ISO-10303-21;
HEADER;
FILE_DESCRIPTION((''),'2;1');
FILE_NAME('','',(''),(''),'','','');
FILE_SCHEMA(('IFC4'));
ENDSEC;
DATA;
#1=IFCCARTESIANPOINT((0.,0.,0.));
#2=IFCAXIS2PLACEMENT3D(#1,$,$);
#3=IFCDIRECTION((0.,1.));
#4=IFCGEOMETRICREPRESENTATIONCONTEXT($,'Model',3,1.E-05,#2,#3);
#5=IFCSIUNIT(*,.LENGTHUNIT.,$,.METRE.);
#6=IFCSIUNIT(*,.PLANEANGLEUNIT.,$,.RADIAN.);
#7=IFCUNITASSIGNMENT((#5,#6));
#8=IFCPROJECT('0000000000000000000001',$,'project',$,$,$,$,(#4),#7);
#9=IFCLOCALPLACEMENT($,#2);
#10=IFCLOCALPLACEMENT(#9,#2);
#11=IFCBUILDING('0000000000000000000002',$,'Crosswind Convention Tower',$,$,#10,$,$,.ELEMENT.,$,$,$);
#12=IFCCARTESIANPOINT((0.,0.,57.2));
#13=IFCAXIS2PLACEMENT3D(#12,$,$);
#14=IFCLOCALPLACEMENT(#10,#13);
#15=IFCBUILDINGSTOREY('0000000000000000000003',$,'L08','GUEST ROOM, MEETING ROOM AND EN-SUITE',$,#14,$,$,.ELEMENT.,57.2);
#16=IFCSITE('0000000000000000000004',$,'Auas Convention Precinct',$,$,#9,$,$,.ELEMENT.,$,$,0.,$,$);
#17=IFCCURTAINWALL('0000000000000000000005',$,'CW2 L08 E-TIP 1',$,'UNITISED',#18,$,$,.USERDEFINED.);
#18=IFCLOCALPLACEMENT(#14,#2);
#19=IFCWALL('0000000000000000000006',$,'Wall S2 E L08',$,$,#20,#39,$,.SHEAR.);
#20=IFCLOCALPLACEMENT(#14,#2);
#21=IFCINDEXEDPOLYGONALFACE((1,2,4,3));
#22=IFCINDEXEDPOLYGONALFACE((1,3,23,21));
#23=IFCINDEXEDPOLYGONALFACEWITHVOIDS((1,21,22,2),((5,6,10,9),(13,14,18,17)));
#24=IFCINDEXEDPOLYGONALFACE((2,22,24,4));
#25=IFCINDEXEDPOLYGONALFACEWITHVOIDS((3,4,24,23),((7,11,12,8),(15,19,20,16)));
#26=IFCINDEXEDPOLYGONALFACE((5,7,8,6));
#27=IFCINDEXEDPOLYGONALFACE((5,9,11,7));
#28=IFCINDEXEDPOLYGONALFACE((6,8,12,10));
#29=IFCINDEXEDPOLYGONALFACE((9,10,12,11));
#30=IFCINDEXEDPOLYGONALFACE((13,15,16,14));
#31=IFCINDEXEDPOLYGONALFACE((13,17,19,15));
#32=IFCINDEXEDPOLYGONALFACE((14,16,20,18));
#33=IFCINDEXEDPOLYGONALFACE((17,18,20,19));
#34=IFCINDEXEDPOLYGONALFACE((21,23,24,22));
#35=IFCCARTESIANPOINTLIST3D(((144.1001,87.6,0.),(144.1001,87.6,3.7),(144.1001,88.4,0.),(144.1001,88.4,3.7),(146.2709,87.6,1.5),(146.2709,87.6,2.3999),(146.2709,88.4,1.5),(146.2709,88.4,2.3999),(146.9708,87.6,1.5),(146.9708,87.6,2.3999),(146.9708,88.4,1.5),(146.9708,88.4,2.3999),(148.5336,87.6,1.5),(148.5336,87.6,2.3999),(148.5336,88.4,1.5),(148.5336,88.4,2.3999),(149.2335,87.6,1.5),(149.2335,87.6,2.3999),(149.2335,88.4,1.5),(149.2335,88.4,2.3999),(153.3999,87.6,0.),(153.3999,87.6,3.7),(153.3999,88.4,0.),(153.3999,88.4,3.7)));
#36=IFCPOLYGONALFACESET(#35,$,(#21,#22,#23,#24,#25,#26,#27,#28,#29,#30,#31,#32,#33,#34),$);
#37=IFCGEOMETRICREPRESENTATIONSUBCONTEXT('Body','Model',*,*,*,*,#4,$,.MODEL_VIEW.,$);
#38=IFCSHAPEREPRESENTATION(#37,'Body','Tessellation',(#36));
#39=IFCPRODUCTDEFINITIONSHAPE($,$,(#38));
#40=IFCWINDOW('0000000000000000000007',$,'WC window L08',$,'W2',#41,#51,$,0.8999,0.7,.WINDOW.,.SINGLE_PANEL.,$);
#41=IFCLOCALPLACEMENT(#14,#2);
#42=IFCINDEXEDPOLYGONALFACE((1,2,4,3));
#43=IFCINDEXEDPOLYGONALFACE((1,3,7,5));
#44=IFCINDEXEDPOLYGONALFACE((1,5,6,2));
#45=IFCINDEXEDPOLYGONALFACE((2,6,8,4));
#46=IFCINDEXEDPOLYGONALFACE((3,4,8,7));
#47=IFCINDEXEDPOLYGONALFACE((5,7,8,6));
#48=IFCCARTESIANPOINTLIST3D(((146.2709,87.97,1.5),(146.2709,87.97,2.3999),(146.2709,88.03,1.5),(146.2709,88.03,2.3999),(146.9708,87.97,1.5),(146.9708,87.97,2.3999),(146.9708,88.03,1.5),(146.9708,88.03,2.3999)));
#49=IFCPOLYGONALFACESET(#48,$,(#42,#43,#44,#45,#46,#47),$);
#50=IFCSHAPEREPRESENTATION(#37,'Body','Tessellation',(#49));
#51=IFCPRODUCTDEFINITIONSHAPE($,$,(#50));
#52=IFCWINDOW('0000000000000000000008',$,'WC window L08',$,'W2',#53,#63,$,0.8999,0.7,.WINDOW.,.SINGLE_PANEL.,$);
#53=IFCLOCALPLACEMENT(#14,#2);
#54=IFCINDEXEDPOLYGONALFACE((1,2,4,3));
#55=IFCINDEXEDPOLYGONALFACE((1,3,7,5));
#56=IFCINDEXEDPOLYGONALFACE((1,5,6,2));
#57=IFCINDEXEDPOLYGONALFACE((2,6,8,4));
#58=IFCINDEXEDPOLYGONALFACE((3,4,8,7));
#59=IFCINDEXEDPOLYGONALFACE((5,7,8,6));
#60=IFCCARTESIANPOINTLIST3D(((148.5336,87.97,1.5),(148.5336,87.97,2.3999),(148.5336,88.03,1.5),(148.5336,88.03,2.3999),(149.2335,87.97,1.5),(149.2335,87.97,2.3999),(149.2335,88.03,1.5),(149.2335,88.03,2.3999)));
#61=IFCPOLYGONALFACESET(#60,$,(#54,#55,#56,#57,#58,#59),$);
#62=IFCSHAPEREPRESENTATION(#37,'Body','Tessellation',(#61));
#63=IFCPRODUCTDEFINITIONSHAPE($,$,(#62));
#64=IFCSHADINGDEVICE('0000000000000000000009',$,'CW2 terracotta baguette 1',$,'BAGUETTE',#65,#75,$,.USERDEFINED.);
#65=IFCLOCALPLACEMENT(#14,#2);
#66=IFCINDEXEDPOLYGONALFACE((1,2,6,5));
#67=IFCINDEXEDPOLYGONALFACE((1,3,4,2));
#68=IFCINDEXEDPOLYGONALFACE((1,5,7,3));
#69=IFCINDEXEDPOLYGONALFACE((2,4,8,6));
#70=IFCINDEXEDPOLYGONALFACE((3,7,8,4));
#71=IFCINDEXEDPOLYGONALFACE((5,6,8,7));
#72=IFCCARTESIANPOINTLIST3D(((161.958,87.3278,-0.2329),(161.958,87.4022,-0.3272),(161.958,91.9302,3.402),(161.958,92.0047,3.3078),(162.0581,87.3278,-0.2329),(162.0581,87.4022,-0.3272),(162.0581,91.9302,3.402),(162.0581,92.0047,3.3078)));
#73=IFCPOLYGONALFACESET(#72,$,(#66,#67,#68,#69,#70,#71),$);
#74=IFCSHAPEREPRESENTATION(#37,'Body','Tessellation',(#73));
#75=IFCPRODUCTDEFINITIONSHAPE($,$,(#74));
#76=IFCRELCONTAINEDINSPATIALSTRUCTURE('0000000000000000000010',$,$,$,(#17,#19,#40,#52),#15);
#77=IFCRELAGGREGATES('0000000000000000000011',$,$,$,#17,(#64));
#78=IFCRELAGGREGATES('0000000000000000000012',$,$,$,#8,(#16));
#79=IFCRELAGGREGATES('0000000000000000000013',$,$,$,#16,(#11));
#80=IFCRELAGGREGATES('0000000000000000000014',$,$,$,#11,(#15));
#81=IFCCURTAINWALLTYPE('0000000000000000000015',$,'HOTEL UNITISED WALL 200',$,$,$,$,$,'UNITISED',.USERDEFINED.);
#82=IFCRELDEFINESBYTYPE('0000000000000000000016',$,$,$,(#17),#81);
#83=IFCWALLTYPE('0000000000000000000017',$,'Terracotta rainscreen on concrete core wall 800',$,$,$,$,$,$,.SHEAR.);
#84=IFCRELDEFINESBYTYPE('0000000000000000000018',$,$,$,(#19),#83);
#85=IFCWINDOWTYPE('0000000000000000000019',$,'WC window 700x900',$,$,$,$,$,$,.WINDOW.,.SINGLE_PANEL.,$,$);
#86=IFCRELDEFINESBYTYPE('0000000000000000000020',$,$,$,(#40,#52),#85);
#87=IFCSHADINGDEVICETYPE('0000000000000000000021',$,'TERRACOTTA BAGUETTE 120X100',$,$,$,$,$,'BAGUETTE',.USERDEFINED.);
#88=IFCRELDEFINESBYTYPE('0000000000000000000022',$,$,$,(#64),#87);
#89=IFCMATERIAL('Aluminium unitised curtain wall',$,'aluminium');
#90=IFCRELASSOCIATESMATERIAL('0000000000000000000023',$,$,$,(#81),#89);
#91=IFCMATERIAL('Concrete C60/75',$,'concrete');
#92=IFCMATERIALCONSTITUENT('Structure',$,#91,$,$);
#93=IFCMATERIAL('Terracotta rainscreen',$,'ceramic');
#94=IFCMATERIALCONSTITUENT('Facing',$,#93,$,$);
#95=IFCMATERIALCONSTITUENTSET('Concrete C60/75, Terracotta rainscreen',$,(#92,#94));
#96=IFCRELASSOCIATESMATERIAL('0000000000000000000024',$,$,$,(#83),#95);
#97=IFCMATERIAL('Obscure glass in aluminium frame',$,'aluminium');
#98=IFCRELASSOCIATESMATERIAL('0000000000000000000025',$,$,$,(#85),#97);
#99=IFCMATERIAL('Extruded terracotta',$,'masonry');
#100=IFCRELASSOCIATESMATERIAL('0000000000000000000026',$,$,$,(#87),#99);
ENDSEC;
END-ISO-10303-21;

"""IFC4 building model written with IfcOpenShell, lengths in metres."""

from ifc_helpers import new_model, si_unit, direction, frame, frame_2d, origin, origin_2d, place, context, subcontext, project, spatial, rectangle, extrude, material, constituent, constituent_set, material_profile, profile_set, type_object, element, fill, aggregate, save


model = new_model("IFC4")

# Units and contexts
model_context = context("Model", 3, precision=1e-05, world=origin(), true_north=direction((0.0, 1.0)))
body_context = subcontext(model_context, "Body", "Model", "MODEL_VIEW")
ifc_project = project(units=[si_unit("LENGTHUNIT", "METRE"), si_unit("PLANEANGLEUNIT", "RADIAN")], contexts=[model_context])

# Site, building, storey
site_placement = place(None, origin())
site = spatial("IfcSite", under=ifc_project, at=site_placement, Name="Auas Convention Precinct", CompositionType="ELEMENT", RefElevation=0.0)
building_placement = place(site_placement, origin())
building = spatial("IfcBuilding", under=site, at=building_placement, Name="Crosswind Convention Tower", CompositionType="ELEMENT")
storey_placement = place(building_placement, frame((0.0, 0.0, 57.2)))
storey = spatial("IfcBuildingStorey", under=building, at=storey_placement, Name="L08", Description="GUEST ROOM, MEETING ROOM AND EN-SUITE", CompositionType="ELEMENT", Elevation=57.2)

# Shared definitions
ifc_material_1 = material(Name="Concrete C60/75", Category="concrete")

# Shared definitions
ifc_material_2 = material(Name="Aluminium unitised curtain wall", Category="aluminium")

# Curtain wall
curtain_wall_type_1 = type_object("IfcCurtainWallType", Name="HOTEL UNITISED WALL 200", ElementType="UNITISED", PredefinedType="USERDEFINED", material=ifc_material_2)
curtain_wall_1_placement = place(storey_placement, origin())
curtain_wall_1 = element("IfcCurtainWall", 1, at=curtain_wall_1_placement, inside=storey, type_object=curtain_wall_type_1, Name="CW2 L08 E-TIP 1", ObjectType="UNITISED", PredefinedType="USERDEFINED")

# Shared definitions
ifc_constituent_1 = constituent(ifc_material_1, Name="Structure")
ifc_material_3 = material(Name="Terracotta rainscreen", Category="ceramic")
ifc_constituent_2 = constituent(ifc_material_3, Name="Facing")
ifc_constituent_set = constituent_set(constituents=[ifc_constituent_1, ifc_constituent_2], Name="Concrete C60/75, Terracotta rainscreen")
wall_type_1 = type_object("IfcWallType", Name="Terracotta rainscreen on concrete core wall 800", PredefinedType="SHEAR", material=ifc_constituent_set)

# Wall, openings, windows
wall_1_placement = place(storey_placement, frame((144.1001, 88.0, 0.0), z_axis=(0.0, 0.0, 1.0), x_axis=(1.0, 0.0, 0.0)))
wall_1 = element("IfcWall", 2, at=wall_1_placement, inside=storey, type_object=wall_type_1, Name="Wall S2 E L08", PredefinedType="SHEAR", context=body_context, shape_type="SweptSolid", body=[
    extrude(rectangle(XDim=9.2998, YDim=0.8, at=frame_2d((4.6499, 0.0))), origin(), (0.0, 0.0, 1.0), 3.7),
])
opening_1_placement = place(wall_1_placement, frame((2.1707, 0.0, 1.5)))
opening_1 = element("IfcOpeningElement", 3, at=opening_1_placement, cuts=wall_1, PredefinedType="OPENING", context=body_context, shape_type="SweptSolid", body=[
    extrude(rectangle(XDim=0.7, YDim=0.8999, at=frame_2d((0.3501, 0.45))), frame((0.0, 0.4099, 0.0), z_axis=(0.0, -1.0, 0.0), x_axis=(1.0, 0.0, 0.0)), (0.0, 0.0, 1.0), 0.8201),
])
opening_2_placement = place(wall_1_placement, frame((4.4333, 0.0, 1.5)))
opening_2 = element("IfcOpeningElement", 4, at=opening_2_placement, cuts=wall_1, PredefinedType="OPENING", context=body_context, shape_type="SweptSolid", body=[
    extrude(rectangle(XDim=0.7, YDim=0.8999, at=frame_2d((0.3501, 0.45))), frame((0.0, 0.4099, 0.0), z_axis=(0.0, -1.0, 0.0), x_axis=(1.0, 0.0, 0.0)), (0.0, 0.0, 1.0), 0.8201),
])
ifc_material_4 = material(Name="Obscure glass in aluminium frame", Category="aluminium")
window_type = type_object("IfcWindowType", Name="WC window 700x900", PartitioningType="SINGLE_PANEL", PredefinedType="WINDOW", material=ifc_material_4)
window_1_placement = place(opening_1_placement, origin())
window_1 = element("IfcWindow", 5, at=window_1_placement, inside=storey, type_object=window_type, Name="WC window L08", ObjectType="W2", OverallHeight=0.8999, OverallWidth=0.7, PartitioningType="SINGLE_PANEL", PredefinedType="WINDOW", context=body_context, shape_type="SweptSolid", body=[
    extrude(rectangle(XDim=0.7, YDim=0.8999, at=frame_2d((0.3501, 0.45))), frame((0.0, 0.03, 0.0), z_axis=(0.0, -1.0, 0.0), x_axis=(1.0, 0.0, 0.0)), (0.0, 0.0, 1.0), 0.0601),
])
fill(opening_1, window_1)
window_2_placement = place(opening_2_placement, origin())
window_2 = element("IfcWindow", 6, at=window_2_placement, inside=storey, type_object=window_type, Name="WC window L08", ObjectType="W2", OverallHeight=0.8999, OverallWidth=0.7, PartitioningType="SINGLE_PANEL", PredefinedType="WINDOW", context=body_context, shape_type="SweptSolid", body=[
    extrude(rectangle(XDim=0.7, YDim=0.8999, at=frame_2d((0.3501, 0.45))), frame((0.0, 0.03, 0.0), z_axis=(0.0, -1.0, 0.0), x_axis=(1.0, 0.0, 0.0)), (0.0, 0.0, 1.0), 0.0601),
])
fill(opening_2, window_2)

# Shading device
ifc_material_5 = material(Name="Extruded terracotta", Category="masonry")
ifc_material_profile_1 = material_profile(ifc_material_5, rectangle(XDim=0.1001, YDim=0.1201, at=origin_2d()), Name="TC 100X120")
ifc_profile_set_1 = profile_set([ifc_material_profile_1], Name="Extruded terracotta")
shading_device_type = type_object("IfcShadingDeviceType", Name="TERRACOTTA BAGUETTE 120X100", ElementType="BAGUETTE", PredefinedType="USERDEFINED", material=ifc_profile_set_1)
shading_device_placement = place(storey_placement, frame((162.0081, 87.365, -0.28), z_axis=(0.0, 0.784764, 0.619794), x_axis=(-1.0, 0.0, 0.0)))
shading_device = element("IfcShadingDevice", 7, at=shading_device_placement, type_object=shading_device_type, Name="CW2 terracotta baguette 1", ObjectType="BAGUETTE", PredefinedType="USERDEFINED", context=body_context, shape_type="SweptSolid", body=[
    extrude(rectangle(XDim=0.1001, YDim=0.1201, at=origin_2d()), origin(), (0.0, 0.0, 1.0), 5.8647),
])
aggregate(curtain_wall_1, [shading_device])

save(model, "model.ifc")
